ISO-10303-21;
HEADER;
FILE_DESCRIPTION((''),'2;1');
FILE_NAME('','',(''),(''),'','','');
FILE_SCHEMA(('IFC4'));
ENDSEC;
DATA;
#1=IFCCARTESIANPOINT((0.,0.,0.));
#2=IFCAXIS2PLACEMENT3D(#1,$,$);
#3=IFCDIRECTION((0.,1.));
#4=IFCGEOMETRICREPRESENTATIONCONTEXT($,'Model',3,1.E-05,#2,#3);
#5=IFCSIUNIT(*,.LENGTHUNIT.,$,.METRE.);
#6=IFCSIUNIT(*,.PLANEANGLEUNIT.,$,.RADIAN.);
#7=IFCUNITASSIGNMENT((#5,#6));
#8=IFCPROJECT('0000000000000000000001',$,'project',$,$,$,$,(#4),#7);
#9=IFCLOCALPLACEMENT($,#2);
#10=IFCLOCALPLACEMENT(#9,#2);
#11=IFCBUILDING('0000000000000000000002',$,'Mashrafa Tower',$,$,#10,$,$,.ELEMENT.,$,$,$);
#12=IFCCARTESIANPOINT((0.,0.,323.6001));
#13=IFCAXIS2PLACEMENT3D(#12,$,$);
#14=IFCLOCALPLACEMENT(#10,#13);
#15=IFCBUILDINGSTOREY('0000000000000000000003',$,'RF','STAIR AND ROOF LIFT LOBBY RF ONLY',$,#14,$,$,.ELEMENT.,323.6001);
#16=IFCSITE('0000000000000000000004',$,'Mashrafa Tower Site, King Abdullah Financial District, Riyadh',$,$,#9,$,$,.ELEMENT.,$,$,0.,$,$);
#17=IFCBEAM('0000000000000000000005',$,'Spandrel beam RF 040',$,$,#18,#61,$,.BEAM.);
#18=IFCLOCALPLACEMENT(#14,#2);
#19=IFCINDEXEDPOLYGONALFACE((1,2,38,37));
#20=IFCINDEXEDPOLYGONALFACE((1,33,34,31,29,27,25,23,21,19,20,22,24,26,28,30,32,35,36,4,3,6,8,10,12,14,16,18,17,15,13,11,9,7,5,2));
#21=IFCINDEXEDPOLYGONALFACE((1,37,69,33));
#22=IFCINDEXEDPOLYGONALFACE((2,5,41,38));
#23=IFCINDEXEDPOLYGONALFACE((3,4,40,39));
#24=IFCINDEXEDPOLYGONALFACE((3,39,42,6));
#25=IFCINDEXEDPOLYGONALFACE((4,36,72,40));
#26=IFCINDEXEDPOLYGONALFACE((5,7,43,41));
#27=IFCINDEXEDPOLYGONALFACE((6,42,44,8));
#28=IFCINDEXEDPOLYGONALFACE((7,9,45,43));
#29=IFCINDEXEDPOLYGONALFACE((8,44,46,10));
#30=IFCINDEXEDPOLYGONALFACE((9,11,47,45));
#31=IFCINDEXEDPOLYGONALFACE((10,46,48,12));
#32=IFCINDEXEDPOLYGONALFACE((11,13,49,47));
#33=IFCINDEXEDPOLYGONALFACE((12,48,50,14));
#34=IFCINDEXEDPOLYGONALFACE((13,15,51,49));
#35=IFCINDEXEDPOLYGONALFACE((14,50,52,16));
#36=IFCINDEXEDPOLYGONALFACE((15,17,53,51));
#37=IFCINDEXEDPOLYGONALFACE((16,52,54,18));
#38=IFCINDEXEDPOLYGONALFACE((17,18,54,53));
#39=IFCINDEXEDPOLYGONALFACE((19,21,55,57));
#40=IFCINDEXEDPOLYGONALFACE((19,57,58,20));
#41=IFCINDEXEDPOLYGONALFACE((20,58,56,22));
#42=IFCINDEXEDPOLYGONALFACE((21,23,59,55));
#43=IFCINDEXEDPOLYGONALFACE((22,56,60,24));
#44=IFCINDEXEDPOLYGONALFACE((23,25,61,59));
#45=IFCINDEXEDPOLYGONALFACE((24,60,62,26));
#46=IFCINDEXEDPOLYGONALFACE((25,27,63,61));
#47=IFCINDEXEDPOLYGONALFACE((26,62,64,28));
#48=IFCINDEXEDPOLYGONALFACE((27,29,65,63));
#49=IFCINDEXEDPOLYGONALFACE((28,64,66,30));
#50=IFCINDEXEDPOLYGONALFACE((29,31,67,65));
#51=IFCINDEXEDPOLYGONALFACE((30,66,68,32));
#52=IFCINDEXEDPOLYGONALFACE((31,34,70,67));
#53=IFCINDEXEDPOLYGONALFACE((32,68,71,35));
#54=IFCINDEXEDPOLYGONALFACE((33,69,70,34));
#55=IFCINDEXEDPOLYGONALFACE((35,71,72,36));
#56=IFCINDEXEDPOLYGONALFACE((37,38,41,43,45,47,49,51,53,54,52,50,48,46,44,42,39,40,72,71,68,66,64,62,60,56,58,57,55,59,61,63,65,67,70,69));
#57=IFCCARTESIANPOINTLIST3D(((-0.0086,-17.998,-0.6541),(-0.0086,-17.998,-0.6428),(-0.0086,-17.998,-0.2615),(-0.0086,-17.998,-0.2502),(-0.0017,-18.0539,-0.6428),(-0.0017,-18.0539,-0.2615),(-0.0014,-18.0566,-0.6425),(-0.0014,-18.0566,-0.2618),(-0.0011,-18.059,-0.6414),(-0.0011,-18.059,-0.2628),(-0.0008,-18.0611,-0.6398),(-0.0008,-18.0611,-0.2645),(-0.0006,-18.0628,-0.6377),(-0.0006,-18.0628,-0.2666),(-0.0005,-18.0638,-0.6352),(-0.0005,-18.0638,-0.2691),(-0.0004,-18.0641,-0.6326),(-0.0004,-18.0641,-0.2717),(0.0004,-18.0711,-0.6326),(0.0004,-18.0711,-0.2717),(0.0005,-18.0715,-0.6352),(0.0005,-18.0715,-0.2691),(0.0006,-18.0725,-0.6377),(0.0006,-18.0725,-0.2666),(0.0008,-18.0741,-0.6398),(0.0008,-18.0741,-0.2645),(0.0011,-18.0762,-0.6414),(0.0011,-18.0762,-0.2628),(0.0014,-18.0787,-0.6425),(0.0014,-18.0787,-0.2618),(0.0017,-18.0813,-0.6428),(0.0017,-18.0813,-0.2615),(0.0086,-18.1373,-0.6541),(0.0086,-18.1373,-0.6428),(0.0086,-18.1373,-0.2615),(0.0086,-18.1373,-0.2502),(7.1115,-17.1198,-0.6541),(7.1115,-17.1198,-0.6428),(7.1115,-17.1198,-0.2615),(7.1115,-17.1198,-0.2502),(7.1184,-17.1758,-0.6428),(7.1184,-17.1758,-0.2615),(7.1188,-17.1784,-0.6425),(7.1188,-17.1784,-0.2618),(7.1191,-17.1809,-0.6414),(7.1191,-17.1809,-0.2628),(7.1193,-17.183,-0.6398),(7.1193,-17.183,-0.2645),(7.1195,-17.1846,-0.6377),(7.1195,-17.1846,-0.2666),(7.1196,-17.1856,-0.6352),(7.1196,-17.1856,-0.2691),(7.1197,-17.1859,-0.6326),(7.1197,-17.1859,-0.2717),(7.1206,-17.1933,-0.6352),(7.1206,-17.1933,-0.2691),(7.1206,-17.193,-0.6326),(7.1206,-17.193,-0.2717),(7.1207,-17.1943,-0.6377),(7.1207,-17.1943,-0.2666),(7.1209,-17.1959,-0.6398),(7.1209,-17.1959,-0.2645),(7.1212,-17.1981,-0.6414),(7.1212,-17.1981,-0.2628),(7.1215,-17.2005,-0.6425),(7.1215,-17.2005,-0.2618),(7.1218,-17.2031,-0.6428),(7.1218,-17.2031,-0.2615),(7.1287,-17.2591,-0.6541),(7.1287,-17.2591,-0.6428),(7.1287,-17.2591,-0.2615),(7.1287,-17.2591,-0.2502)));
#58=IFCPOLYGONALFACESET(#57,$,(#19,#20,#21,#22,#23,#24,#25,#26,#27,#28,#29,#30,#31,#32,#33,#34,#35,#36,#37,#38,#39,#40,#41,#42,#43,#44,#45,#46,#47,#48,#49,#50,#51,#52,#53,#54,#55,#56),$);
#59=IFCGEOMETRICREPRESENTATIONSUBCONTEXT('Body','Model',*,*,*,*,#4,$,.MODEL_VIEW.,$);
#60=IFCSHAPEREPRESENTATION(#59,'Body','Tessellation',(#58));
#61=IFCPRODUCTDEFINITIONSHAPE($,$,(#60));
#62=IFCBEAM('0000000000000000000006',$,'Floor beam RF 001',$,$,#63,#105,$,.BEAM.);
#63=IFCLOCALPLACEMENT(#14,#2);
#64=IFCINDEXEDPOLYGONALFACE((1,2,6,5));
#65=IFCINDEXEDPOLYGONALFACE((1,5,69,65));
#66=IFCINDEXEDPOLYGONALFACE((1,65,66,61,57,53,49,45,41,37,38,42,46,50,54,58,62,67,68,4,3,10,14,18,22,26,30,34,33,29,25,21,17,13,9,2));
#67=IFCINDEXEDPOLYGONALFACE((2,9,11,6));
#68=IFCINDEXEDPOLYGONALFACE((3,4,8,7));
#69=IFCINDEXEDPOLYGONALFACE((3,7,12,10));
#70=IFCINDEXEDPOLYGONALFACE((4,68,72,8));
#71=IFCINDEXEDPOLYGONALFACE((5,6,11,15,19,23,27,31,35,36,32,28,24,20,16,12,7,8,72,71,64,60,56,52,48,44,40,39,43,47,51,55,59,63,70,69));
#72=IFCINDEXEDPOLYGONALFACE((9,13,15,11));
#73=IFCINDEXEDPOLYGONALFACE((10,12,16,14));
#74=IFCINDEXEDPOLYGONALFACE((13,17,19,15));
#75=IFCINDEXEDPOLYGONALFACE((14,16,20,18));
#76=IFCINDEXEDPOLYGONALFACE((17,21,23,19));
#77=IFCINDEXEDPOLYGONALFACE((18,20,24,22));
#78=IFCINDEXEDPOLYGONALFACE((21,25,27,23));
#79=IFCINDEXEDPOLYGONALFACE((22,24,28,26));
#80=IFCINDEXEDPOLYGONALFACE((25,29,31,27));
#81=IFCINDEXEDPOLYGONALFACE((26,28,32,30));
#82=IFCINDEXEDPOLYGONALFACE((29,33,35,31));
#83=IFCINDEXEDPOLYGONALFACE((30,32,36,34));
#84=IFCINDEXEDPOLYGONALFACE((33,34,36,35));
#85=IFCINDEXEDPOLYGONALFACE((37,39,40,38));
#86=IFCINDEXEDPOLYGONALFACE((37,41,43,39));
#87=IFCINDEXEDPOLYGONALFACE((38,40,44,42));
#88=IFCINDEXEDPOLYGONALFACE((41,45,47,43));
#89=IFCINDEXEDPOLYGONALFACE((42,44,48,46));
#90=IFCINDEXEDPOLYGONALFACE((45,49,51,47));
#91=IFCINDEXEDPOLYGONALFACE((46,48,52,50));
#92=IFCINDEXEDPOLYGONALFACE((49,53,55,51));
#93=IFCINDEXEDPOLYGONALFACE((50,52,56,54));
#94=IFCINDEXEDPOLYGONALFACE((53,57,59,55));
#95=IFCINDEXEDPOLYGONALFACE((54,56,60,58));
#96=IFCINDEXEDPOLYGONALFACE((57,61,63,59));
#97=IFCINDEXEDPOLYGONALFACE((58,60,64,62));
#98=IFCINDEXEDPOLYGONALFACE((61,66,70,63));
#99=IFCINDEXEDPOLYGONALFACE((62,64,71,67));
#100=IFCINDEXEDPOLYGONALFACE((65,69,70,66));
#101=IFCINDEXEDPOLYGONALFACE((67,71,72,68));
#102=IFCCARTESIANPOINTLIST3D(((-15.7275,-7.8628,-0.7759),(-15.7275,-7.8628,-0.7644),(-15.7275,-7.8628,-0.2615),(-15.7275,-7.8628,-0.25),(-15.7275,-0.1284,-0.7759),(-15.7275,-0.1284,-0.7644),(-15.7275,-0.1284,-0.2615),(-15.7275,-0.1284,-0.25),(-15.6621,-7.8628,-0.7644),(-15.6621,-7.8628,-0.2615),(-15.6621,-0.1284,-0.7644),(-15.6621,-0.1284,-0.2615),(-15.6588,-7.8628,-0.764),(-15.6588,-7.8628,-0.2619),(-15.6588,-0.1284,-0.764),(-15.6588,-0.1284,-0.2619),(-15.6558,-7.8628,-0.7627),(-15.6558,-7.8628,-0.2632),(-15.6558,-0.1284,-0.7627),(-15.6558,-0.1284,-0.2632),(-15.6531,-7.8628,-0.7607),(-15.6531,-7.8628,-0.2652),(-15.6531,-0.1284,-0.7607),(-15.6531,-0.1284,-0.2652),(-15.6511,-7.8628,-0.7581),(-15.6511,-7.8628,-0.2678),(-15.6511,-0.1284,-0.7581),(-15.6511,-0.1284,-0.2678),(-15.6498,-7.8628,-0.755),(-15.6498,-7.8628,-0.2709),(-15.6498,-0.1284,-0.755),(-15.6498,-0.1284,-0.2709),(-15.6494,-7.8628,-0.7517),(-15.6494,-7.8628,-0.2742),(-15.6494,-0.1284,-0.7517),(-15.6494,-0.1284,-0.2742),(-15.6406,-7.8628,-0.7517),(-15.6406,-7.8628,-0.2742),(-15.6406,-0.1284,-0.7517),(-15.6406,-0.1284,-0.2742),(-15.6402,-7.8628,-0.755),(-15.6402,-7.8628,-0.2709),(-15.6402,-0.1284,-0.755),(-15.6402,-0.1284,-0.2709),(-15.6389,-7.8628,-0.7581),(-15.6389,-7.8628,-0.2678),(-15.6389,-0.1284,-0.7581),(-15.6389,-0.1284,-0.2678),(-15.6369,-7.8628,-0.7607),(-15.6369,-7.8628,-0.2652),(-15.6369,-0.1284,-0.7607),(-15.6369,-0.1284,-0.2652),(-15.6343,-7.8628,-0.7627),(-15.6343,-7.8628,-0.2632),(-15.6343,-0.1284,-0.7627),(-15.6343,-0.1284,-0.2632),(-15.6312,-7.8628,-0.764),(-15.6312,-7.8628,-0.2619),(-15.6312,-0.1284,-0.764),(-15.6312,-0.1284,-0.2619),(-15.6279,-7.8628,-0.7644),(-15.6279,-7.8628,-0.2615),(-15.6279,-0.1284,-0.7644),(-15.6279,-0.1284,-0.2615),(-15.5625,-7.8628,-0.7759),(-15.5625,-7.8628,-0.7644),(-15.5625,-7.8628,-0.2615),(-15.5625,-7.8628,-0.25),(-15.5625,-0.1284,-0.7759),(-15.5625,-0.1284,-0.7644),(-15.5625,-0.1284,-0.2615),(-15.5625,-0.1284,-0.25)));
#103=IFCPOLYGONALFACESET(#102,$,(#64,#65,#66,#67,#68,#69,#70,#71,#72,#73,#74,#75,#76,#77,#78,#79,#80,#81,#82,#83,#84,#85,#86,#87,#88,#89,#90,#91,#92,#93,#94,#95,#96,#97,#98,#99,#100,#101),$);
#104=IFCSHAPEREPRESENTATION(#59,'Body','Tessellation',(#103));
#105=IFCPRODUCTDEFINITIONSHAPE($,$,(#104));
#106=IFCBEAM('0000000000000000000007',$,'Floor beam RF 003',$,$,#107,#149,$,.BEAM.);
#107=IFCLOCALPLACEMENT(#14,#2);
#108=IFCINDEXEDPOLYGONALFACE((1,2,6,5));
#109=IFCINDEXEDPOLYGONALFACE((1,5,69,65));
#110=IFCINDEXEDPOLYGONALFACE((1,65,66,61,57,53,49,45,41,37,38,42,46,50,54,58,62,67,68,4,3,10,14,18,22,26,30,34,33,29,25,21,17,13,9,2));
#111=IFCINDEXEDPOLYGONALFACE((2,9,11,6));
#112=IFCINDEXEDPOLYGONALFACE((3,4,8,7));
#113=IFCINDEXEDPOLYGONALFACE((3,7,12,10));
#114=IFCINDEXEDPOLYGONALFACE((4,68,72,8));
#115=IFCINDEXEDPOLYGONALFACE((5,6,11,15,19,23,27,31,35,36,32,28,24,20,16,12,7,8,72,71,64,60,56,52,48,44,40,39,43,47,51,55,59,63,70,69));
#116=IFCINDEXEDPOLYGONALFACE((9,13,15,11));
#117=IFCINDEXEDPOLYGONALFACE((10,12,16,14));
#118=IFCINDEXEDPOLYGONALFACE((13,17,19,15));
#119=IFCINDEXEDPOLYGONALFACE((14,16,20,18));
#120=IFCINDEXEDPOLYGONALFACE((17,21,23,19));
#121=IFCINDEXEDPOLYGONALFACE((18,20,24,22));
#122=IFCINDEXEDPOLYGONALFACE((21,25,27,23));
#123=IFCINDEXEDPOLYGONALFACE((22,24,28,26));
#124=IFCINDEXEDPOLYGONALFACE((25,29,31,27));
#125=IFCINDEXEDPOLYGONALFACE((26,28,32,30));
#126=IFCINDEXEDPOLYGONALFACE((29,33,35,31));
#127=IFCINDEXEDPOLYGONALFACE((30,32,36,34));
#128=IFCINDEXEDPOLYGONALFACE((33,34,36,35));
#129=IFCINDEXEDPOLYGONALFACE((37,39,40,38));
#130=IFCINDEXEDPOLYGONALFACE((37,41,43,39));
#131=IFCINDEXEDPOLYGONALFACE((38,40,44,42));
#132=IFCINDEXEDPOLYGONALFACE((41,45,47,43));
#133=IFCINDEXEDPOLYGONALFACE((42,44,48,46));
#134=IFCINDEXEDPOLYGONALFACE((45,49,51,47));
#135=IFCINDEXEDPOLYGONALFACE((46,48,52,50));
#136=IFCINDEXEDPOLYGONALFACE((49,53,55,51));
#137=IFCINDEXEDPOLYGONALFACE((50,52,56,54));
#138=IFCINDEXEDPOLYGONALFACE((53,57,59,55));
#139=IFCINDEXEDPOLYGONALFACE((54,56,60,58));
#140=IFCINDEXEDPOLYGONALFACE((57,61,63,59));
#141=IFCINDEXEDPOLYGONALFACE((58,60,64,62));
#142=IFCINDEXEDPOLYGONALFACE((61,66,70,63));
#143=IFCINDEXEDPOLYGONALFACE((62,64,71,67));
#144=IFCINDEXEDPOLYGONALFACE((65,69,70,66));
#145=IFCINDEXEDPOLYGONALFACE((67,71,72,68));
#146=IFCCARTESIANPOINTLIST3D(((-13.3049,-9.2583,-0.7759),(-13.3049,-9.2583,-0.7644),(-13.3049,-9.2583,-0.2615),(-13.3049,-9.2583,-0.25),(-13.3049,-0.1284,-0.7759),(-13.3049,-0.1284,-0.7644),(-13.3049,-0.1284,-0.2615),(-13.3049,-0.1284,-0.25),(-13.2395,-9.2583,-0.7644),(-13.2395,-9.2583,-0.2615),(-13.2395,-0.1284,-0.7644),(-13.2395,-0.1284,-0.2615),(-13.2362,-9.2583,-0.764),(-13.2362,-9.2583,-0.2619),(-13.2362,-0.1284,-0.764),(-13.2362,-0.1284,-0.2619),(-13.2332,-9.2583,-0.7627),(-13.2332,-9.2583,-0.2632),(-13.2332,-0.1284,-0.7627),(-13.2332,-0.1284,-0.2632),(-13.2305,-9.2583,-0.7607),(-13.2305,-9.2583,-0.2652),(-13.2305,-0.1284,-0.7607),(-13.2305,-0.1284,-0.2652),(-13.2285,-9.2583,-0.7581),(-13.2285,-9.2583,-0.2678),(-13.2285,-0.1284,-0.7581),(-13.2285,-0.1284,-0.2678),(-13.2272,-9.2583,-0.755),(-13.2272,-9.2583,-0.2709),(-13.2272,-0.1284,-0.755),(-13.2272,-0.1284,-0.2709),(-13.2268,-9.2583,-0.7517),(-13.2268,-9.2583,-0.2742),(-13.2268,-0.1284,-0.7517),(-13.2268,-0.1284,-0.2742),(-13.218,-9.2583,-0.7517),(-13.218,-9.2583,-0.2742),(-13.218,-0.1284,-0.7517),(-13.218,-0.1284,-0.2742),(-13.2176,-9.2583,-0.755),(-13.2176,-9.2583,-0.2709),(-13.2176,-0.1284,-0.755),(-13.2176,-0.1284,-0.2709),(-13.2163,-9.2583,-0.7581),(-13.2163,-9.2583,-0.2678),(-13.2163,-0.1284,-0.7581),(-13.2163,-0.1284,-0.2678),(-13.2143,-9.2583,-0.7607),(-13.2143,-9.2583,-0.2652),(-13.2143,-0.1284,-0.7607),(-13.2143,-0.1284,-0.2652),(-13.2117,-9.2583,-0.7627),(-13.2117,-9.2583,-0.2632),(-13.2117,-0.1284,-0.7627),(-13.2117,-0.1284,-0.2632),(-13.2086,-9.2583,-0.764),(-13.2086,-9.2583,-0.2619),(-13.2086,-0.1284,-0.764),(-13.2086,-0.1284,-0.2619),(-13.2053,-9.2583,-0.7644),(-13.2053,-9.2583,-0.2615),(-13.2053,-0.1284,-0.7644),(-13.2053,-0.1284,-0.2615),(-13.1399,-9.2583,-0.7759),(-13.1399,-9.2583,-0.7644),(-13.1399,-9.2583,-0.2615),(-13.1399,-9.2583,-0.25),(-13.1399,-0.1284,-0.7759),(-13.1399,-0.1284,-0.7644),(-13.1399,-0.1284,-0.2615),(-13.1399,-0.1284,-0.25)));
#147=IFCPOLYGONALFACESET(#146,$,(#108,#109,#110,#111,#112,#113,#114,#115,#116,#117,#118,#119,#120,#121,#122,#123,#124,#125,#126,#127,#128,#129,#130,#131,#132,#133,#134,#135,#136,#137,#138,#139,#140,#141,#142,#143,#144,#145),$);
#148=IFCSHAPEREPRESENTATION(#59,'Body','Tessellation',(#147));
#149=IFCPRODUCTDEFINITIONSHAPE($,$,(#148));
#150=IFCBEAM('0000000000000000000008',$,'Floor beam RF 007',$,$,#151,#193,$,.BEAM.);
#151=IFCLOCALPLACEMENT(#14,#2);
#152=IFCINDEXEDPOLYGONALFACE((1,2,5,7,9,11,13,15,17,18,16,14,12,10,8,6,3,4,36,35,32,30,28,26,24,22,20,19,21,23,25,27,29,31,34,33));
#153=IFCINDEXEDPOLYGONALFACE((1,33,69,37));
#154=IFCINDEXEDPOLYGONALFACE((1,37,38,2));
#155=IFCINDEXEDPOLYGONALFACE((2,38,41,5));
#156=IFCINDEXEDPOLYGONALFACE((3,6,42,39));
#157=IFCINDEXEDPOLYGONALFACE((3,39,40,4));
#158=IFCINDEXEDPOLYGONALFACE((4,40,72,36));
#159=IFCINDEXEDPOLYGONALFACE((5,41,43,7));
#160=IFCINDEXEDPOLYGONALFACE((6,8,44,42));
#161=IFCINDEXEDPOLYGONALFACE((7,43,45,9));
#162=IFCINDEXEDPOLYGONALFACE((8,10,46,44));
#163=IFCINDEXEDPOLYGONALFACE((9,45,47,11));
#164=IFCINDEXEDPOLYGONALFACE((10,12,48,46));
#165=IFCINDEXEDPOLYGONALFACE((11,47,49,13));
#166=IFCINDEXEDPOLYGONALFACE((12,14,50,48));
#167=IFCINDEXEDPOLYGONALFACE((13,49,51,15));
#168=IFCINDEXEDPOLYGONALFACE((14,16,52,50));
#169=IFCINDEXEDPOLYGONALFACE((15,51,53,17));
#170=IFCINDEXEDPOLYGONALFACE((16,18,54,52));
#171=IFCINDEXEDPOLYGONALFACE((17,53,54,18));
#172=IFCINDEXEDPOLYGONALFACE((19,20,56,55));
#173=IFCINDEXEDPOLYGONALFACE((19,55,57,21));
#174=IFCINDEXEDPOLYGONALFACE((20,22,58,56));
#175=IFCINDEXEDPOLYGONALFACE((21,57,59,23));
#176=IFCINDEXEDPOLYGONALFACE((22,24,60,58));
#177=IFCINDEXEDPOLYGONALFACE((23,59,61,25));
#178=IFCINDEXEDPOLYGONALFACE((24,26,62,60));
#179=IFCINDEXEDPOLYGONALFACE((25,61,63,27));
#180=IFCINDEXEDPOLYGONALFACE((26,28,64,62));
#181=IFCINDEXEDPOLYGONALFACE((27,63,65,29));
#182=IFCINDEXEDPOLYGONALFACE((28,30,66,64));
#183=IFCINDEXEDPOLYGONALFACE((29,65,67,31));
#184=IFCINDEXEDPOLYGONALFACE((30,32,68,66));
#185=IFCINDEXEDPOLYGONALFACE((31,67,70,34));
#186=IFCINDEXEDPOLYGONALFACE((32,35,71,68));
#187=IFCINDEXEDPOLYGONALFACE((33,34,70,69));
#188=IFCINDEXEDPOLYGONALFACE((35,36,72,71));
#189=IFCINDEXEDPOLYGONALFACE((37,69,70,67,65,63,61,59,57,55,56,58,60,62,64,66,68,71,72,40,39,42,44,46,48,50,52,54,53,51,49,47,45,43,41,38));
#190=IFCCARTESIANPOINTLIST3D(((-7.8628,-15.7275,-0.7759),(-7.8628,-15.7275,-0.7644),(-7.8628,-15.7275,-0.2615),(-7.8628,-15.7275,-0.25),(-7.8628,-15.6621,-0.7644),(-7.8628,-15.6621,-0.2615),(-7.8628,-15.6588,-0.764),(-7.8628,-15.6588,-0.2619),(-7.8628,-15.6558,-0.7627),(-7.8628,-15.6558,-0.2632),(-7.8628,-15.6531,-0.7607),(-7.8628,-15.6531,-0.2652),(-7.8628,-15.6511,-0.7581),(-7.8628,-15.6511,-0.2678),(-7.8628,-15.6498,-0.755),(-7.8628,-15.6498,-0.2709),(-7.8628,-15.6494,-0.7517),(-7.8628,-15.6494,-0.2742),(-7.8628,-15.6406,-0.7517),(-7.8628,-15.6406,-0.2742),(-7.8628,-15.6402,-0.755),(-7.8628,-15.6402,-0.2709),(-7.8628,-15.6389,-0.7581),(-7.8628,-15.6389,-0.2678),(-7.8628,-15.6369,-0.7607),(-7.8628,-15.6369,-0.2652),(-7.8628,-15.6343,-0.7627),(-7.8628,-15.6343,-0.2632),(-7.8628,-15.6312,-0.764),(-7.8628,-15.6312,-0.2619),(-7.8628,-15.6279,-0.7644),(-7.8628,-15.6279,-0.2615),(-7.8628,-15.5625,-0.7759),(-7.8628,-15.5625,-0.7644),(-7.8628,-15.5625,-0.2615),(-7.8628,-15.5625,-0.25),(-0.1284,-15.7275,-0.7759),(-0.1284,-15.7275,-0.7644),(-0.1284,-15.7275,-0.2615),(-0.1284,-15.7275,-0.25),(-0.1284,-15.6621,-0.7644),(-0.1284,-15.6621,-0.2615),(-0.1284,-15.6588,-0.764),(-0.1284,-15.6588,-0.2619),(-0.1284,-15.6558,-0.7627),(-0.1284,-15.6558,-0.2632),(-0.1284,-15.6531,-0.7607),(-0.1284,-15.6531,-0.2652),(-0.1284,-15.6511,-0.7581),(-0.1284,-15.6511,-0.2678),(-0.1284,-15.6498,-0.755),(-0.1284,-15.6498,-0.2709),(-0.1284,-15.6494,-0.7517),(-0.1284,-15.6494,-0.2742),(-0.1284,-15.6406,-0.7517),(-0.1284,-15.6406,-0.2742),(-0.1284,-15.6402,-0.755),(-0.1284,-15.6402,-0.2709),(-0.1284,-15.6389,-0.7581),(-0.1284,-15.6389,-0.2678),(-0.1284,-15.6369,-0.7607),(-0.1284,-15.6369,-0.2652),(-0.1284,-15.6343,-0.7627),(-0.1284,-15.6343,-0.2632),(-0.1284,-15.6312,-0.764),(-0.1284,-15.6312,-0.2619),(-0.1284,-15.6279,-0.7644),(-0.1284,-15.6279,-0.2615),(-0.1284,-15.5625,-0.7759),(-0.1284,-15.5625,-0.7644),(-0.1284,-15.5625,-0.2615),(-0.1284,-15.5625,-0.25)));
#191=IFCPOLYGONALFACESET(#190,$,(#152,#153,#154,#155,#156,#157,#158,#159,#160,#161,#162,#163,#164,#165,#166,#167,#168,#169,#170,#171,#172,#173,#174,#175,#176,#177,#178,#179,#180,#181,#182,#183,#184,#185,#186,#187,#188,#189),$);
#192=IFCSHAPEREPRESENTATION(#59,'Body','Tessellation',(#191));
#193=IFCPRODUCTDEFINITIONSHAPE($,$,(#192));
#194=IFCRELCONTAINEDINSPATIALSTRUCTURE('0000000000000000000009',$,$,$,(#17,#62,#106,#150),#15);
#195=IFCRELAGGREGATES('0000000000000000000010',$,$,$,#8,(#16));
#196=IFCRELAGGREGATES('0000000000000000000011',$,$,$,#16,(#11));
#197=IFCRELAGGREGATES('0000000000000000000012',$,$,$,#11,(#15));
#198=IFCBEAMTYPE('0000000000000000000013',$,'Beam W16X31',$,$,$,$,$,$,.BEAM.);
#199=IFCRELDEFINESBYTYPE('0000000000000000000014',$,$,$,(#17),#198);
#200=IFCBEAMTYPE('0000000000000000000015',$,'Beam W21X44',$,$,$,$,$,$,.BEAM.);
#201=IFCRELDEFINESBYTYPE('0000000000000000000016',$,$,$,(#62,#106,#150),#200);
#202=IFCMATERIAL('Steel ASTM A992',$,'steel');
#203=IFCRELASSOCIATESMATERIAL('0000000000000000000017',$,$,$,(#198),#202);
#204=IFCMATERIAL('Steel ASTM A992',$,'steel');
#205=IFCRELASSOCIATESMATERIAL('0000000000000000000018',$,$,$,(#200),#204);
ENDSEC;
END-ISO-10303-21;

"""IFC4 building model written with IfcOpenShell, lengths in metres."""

from ifc_helpers import new_model, si_unit, direction, frame, origin, origin_2d, place, context, subcontext, project, spatial, i_section, extrude, material, material_profile, profile_set, type_object, element, save


model = new_model("IFC4")

# Units and contexts
model_context = context("Model", 3, precision=1e-05, world=origin(), true_north=direction((0.0, 1.0)))
body_context = subcontext(model_context, "Body", "Model", "MODEL_VIEW")
ifc_project = project(units=[si_unit("LENGTHUNIT", "METRE"), si_unit("PLANEANGLEUNIT", "RADIAN")], contexts=[model_context])

# Site, building, storey
site_placement = place(None, origin())
site = spatial("IfcSite", under=ifc_project, at=site_placement, Name="Mashrafa Tower Site, King Abdullah Financial District, Riyadh", CompositionType="ELEMENT", RefElevation=0.0)
building_placement = place(site_placement, origin())
building = spatial("IfcBuilding", under=site, at=building_placement, Name="Mashrafa Tower", CompositionType="ELEMENT")
storey_placement = place(building_placement, frame((0.0, 0.0, 323.6001)))
storey = spatial("IfcBuildingStorey", under=building, at=storey_placement, Name="RF", Description="STAIR AND ROOF LIFT LOBBY RF ONLY", CompositionType="ELEMENT", Elevation=323.6001)

# Beams
ifc_material_1 = material(Name="Steel ASTM A992", Category="steel")
ifc_material_profile_1 = material_profile(ifc_material_1, i_section(OverallWidth=0.1404, OverallDepth=0.4038, WebThickness=0.0071, FlangeThickness=0.0112, FilletRadius=0.0103, at=origin_2d()), Name="W16X31")
ifc_profile_set_1 = profile_set([ifc_material_profile_1], Name="Steel ASTM A992")
beam_type_1 = type_object("IfcBeamType", Name="Beam W16X31", PredefinedType="BEAM", material=ifc_profile_set_1)
for number, where, z_axis, x_axis, name in (
    (1, (0.0, -18.0676, -0.4521), (0.99248, 0.122409, 0.0), (-0.122409, 0.99248, 0.0), "Spandrel beam RF 040"),
):
    element("IfcBeam", number, at=place(storey_placement, frame(where, z_axis=z_axis, x_axis=x_axis)), inside=storey, type_object=beam_type_1, Name=name, PredefinedType="BEAM", context=body_context, shape_type="SweptSolid", body=[
        extrude(i_section(OverallWidth=0.1404, OverallDepth=0.4038, WebThickness=0.0071, FlangeThickness=0.0112, FilletRadius=0.0103, at=origin_2d()), origin(), (0.0, 0.0, 1.0), 7.1741),
    ])
ifc_material_2 = material(Name="Steel ASTM A992", Category="steel")
ifc_material_profile_2 = material_profile(ifc_material_2, i_section(OverallWidth=0.165, OverallDepth=0.5259, WebThickness=0.0088, FlangeThickness=0.0115, FilletRadius=0.0127, at=origin_2d()), Name="W21X44")
ifc_profile_set_2 = profile_set([ifc_material_profile_2], Name="Steel ASTM A992")
beam_type_2 = type_object("IfcBeamType", Name="Beam W21X44", PredefinedType="BEAM", material=ifc_profile_set_2)
beam_1_placement = place(storey_placement, frame((-15.645, -7.8628, -0.5129), z_axis=(0.0, 1.0, 0.0), x_axis=(-1.0, 0.0, 0.0)))
element("IfcBeam", 2, at=beam_1_placement, inside=storey, type_object=beam_type_2, Name="Floor beam RF 001", PredefinedType="BEAM", context=body_context, shape_type="SweptSolid", body=[
    extrude(i_section(OverallWidth=0.165, OverallDepth=0.5259, WebThickness=0.0088, FlangeThickness=0.0115, FilletRadius=0.0127, at=origin_2d()), origin(), (0.0, 0.0, 1.0), 7.7344),
])
beam_2_placement = place(storey_placement, frame((-13.2224, -9.2583, -0.5129), z_axis=(0.0, 1.0, 0.0), x_axis=(-1.0, 0.0, 0.0)))
element("IfcBeam", 3, at=beam_2_placement, inside=storey, type_object=beam_type_2, Name="Floor beam RF 003", PredefinedType="BEAM", context=body_context, shape_type="SweptSolid", body=[
    extrude(i_section(OverallWidth=0.165, OverallDepth=0.5259, WebThickness=0.0088, FlangeThickness=0.0115, FilletRadius=0.0127, at=origin_2d()), origin(), (0.0, 0.0, 1.0), 9.1299),
])
beam_3_placement = place(storey_placement, frame((-0.1284, -15.645, -0.5129), z_axis=(-1.0, 0.0, 0.0), x_axis=(0.0, -1.0, 0.0)))
element("IfcBeam", 4, at=beam_3_placement, inside=storey, type_object=beam_type_2, Name="Floor beam RF 007", PredefinedType="BEAM", context=body_context, shape_type="SweptSolid", body=[
    extrude(i_section(OverallWidth=0.165, OverallDepth=0.5259, WebThickness=0.0088, FlangeThickness=0.0115, FilletRadius=0.0127, at=origin_2d()), origin(), (0.0, 0.0, 1.0), 7.7344),
])

save(model, "model.ifc")
